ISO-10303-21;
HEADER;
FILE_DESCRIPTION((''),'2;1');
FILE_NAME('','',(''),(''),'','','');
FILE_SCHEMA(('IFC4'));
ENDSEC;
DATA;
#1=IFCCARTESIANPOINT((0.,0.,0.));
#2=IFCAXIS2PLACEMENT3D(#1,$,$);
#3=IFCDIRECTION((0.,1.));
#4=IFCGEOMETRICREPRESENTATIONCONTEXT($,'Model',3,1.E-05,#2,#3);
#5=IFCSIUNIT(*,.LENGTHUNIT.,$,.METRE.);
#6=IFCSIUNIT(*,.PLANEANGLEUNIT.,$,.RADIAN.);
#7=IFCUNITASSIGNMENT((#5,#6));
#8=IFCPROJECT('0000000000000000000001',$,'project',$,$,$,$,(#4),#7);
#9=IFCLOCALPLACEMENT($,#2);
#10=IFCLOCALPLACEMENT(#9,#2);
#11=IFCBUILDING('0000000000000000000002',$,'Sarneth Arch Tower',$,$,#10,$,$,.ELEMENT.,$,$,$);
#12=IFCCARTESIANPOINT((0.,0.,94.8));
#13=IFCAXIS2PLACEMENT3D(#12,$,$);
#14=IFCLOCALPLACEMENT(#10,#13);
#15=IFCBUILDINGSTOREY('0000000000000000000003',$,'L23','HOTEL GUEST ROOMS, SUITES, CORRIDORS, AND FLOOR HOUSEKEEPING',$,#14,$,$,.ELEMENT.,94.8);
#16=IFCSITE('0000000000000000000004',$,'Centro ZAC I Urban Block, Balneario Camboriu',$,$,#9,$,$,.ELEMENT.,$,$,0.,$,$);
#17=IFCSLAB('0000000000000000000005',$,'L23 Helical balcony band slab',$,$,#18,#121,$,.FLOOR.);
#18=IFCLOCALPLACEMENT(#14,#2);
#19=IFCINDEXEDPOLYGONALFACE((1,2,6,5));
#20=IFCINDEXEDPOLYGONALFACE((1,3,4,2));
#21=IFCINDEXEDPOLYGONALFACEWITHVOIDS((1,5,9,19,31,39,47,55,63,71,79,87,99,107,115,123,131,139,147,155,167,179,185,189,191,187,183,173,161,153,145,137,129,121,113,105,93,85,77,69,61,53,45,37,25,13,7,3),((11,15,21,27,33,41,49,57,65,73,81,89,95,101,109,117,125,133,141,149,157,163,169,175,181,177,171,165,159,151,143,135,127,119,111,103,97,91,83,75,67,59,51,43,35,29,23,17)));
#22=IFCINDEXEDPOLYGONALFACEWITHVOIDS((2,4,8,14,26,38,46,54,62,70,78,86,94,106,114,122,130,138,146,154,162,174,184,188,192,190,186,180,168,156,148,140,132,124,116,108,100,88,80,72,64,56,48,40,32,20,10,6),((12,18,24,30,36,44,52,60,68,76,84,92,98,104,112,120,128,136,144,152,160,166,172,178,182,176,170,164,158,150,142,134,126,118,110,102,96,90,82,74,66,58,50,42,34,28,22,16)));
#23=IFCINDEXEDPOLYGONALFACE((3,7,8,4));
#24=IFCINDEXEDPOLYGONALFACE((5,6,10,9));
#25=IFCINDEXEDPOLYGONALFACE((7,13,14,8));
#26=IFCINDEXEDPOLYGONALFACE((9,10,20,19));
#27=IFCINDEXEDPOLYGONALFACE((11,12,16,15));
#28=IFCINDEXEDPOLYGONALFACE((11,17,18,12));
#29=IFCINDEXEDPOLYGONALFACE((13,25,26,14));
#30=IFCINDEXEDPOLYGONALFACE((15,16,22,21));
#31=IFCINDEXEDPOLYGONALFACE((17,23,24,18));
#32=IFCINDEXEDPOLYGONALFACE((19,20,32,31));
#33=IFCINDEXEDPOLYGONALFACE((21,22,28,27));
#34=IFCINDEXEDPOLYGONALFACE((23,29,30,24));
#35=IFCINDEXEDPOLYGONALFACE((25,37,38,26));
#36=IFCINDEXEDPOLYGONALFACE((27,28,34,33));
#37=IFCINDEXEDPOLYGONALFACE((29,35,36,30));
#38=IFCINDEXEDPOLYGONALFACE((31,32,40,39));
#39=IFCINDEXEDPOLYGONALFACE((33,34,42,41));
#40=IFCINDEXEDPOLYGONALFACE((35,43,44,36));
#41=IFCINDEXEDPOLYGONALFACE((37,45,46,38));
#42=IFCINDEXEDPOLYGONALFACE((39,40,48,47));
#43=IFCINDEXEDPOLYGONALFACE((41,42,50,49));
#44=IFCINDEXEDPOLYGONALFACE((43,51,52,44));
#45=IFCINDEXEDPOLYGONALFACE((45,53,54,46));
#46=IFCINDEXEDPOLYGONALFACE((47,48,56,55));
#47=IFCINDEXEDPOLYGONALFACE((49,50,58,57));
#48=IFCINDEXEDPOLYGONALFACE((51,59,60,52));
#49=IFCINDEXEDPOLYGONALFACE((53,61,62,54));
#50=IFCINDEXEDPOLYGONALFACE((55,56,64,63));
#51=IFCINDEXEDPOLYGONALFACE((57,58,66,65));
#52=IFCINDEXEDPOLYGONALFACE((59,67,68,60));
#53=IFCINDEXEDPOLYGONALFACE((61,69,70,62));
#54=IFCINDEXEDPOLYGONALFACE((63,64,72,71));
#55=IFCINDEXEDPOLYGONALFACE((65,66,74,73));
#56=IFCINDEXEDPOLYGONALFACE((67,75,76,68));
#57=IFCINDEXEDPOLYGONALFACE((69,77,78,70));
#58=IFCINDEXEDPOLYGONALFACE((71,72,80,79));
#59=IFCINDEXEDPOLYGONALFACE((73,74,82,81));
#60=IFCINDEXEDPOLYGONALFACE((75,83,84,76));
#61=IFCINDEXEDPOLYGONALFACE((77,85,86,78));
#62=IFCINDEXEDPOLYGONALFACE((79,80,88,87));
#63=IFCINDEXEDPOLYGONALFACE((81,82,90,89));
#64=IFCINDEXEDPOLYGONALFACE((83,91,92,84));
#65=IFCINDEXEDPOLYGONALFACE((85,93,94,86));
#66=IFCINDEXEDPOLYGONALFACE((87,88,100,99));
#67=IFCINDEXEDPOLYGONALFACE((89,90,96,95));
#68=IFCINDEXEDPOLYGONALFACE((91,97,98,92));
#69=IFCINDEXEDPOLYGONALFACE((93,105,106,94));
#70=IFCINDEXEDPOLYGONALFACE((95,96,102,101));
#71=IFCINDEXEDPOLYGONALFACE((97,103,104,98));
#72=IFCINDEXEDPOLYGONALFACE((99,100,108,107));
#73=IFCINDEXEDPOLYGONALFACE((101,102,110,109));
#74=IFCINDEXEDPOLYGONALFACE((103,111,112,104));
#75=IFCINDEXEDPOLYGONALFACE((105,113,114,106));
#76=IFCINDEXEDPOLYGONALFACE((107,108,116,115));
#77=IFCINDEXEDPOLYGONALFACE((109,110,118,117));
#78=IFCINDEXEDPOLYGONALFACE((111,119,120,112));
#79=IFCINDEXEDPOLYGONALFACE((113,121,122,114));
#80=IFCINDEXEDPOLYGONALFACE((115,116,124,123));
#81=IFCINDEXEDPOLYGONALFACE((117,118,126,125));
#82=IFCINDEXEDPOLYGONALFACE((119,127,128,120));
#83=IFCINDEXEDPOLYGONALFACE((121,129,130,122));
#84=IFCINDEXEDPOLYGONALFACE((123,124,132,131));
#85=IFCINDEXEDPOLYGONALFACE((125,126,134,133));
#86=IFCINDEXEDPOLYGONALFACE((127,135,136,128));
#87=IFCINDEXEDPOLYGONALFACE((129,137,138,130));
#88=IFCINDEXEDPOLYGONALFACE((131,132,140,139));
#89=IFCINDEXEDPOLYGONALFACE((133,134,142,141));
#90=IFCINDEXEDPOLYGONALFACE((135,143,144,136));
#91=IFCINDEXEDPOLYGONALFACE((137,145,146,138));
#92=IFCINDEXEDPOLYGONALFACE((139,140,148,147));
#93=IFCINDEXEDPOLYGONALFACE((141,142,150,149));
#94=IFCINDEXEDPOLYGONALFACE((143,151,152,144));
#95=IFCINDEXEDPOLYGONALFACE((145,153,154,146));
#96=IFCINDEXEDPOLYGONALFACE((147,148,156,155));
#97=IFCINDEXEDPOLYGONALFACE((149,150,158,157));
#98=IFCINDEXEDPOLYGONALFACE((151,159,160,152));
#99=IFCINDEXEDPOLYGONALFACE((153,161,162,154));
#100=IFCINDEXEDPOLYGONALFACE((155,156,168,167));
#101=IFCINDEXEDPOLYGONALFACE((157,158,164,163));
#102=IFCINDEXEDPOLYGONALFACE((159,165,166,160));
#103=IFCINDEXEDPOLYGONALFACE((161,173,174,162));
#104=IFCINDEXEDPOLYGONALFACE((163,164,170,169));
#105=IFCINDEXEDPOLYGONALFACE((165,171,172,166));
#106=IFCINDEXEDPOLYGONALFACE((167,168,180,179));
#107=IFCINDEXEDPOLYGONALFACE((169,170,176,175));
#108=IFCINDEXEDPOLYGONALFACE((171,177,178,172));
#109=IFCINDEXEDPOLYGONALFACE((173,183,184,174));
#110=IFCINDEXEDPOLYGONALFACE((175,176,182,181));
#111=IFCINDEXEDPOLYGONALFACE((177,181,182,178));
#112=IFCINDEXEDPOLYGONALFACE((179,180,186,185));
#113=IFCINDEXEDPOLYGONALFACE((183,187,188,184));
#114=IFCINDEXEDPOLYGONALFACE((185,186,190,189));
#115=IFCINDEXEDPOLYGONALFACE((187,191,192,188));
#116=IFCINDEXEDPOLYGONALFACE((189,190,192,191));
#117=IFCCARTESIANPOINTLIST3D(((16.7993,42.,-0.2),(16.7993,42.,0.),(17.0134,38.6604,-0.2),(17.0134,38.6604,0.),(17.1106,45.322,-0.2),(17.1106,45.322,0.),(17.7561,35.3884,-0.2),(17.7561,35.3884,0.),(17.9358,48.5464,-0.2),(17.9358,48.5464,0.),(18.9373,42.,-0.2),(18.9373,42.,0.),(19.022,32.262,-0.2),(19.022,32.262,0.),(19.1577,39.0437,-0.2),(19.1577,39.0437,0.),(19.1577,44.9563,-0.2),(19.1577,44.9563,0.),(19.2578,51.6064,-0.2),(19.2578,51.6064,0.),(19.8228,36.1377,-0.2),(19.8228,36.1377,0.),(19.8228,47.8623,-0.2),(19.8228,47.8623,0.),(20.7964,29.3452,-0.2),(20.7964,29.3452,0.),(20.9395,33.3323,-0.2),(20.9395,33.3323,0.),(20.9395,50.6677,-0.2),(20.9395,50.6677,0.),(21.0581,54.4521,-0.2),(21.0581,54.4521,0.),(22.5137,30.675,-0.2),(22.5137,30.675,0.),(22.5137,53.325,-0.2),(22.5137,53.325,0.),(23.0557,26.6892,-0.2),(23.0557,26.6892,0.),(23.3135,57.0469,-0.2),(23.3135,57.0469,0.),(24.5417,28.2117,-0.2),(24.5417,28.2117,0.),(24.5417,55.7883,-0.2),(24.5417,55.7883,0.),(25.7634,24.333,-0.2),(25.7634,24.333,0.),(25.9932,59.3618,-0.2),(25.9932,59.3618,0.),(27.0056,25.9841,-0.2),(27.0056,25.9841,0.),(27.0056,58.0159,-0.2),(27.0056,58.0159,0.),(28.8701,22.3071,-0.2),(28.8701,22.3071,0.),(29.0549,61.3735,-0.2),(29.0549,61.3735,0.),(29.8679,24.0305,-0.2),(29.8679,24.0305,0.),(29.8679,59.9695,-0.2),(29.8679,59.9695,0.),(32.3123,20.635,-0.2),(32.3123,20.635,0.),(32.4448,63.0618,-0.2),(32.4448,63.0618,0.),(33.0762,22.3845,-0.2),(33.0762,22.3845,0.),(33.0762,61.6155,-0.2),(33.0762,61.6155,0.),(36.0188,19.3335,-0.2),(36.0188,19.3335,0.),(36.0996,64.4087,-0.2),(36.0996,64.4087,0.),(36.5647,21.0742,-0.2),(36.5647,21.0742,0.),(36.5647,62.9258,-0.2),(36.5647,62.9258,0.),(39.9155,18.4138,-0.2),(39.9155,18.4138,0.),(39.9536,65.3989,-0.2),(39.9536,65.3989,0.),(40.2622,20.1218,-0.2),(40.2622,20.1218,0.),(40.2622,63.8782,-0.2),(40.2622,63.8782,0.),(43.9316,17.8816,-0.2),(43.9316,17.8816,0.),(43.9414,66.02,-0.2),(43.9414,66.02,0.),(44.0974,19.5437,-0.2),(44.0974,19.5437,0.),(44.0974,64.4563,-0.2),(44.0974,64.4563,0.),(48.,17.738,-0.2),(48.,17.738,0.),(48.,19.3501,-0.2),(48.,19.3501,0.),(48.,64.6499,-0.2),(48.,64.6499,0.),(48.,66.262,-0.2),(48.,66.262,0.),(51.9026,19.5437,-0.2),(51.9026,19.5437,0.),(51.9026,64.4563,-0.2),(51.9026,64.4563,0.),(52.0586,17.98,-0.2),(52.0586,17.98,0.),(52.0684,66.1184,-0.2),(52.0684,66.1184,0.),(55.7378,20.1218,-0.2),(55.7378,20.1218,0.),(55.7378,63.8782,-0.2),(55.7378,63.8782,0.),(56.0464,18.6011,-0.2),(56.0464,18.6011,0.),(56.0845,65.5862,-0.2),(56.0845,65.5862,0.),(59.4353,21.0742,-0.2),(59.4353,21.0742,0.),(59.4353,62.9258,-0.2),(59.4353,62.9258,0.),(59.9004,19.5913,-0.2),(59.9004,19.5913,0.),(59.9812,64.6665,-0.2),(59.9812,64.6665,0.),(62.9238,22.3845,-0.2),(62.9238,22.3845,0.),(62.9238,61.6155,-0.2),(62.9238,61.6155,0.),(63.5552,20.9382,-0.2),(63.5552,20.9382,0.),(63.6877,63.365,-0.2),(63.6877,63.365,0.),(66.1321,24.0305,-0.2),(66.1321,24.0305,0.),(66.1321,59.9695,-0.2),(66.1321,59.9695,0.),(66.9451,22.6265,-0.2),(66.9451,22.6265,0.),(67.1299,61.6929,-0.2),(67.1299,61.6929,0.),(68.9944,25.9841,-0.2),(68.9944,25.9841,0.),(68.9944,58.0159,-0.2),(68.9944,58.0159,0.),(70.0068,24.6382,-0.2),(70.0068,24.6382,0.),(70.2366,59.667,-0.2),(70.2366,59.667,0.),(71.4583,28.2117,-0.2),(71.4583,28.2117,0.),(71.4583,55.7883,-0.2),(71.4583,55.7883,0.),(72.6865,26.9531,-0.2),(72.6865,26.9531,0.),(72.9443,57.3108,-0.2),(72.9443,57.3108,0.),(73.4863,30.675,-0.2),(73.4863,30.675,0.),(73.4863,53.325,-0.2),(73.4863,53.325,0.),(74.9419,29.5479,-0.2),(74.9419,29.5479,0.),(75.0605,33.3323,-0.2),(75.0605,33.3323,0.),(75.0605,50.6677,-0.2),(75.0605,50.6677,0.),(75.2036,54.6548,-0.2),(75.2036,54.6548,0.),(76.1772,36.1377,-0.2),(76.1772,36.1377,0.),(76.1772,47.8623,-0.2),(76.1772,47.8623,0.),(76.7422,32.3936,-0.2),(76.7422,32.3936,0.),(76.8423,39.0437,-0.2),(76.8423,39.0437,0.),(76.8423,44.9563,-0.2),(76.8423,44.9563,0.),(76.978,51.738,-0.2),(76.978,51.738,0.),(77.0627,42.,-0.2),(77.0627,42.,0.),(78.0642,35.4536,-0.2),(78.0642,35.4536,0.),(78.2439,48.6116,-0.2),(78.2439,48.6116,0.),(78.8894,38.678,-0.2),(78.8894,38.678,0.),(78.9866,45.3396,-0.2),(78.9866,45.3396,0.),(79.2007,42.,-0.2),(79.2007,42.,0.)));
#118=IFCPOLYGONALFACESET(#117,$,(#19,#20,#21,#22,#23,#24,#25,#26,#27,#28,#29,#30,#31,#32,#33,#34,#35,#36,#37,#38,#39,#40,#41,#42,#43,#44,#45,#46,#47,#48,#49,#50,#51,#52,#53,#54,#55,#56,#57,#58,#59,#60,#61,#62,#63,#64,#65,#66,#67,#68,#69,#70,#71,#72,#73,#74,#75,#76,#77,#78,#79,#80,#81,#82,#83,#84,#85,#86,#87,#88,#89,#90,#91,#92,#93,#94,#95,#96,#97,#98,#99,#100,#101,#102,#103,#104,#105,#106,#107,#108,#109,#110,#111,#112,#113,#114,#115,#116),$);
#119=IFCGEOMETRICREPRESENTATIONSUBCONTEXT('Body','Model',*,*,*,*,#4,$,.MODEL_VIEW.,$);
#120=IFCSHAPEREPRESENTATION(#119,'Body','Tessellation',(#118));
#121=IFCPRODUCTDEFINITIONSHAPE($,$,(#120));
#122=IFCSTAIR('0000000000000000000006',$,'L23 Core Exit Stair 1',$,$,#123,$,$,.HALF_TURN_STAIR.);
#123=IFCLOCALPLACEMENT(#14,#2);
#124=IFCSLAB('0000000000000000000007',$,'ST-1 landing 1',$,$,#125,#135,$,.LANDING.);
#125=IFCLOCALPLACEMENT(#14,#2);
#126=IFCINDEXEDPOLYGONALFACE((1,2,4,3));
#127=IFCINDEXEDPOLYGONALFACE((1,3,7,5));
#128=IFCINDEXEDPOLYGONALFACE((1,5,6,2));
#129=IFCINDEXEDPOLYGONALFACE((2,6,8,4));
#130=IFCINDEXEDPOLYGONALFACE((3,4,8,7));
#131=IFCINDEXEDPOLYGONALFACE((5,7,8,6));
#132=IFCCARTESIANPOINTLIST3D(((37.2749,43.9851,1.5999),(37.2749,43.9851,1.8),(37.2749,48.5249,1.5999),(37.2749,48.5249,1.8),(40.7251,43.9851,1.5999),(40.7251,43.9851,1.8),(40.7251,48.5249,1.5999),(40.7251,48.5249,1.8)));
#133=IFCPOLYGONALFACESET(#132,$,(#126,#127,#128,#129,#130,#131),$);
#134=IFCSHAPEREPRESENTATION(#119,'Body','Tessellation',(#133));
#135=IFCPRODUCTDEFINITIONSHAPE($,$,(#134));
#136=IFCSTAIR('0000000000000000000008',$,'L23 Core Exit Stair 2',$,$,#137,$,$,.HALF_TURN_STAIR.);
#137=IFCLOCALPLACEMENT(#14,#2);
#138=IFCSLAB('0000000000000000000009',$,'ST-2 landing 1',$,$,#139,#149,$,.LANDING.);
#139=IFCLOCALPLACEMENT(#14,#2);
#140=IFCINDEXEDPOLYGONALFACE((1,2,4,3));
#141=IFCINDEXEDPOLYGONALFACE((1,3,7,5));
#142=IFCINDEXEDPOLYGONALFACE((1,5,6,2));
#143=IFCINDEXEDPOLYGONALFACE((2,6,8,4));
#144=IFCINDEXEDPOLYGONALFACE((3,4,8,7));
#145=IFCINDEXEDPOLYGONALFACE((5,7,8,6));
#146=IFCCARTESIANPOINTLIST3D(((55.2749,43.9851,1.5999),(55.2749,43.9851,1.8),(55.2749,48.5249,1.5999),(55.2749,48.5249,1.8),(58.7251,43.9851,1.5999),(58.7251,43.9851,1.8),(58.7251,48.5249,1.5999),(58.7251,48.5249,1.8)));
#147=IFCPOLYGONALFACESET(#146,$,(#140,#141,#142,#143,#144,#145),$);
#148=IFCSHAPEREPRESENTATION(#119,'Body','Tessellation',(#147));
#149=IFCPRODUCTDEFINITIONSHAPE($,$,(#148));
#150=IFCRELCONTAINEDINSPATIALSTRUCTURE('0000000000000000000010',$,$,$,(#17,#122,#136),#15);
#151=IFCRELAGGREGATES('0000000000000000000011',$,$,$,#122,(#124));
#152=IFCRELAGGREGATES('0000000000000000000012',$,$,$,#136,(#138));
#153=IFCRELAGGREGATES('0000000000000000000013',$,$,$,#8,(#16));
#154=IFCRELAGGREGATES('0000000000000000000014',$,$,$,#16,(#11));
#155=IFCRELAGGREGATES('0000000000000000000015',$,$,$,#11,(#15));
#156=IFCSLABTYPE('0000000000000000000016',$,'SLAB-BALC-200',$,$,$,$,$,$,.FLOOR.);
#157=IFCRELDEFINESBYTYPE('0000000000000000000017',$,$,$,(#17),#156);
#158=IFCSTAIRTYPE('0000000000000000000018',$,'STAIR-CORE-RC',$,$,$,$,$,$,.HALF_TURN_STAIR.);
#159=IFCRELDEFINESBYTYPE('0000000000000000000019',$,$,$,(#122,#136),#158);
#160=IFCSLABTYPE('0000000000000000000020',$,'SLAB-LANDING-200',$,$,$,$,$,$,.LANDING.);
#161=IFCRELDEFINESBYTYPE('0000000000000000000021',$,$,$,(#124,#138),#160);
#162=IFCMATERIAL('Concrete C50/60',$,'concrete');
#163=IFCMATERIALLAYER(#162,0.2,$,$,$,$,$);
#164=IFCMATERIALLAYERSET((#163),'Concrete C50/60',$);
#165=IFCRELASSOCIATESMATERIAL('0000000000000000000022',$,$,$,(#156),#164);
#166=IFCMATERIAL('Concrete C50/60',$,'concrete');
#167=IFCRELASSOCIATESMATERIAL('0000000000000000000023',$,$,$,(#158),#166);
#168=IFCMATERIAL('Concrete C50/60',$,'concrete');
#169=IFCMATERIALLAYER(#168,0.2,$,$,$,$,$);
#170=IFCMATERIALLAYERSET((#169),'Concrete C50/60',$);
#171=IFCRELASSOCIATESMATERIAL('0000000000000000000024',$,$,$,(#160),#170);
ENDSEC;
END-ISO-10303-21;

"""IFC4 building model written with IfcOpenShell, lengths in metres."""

from ifc_helpers import new_model, si_unit, direction, frame, origin, place, context, subcontext, project, spatial, polyline, outline, extrude, material, layer, layer_set, type_object, element, aggregate, save


model = new_model("IFC4")

# Units and contexts
model_context = context("Model", 3, precision=1e-05, world=origin(), true_north=direction((0.0, 1.0)))
body_context = subcontext(model_context, "Body", "Model", "MODEL_VIEW")
ifc_project = project(units=[si_unit("LENGTHUNIT", "METRE"), si_unit("PLANEANGLEUNIT", "RADIAN")], contexts=[model_context])

# Site, building, storey
site_placement = place(None, origin())
site = spatial("IfcSite", under=ifc_project, at=site_placement, Name="Centro ZAC I Urban Block, Balneario Camboriu", CompositionType="ELEMENT", RefElevation=0.0)
building_placement = place(site_placement, origin())
building = spatial("IfcBuilding", under=site, at=building_placement, Name="Sarneth Arch Tower", CompositionType="ELEMENT")
storey_placement = place(building_placement, frame((0.0, 0.0, 94.8)))
storey = spatial("IfcBuildingStorey", under=building, at=storey_placement, Name="L23", Description="HOTEL GUEST ROOMS, SUITES, CORRIDORS, AND FLOOR HOUSEKEEPING", CompositionType="ELEMENT", Elevation=94.8)

# Slab
ifc_material_1 = material(Name="Concrete C50/60", Category="concrete")
ifc_layer_1 = layer(ifc_material_1, 0.2)
ifc_layer_set_1 = layer_set([ifc_layer_1], Name="Concrete C50/60")
slab_type_1 = type_object("IfcSlabType", Name="SLAB-BALC-200", PredefinedType="FLOOR", material=ifc_layer_set_1)
slab_1_placement = place(storey_placement, frame((0.0, 0.0, -0.2)))
element("IfcSlab", 1, at=slab_1_placement, inside=storey, type_object=slab_type_1, Name="L23 Helical balcony band slab", PredefinedType="FLOOR", context=body_context, shape_type="SweptSolid", body=[
    extrude(outline(polyline([(79.2007, 42.0), (78.9866, 45.3396), (78.2439, 48.6116), (76.978, 51.738), (75.2036, 54.6548), (72.9443, 57.3108), (70.2366, 59.667), (67.1299, 61.6929), (63.6877, 63.365), (59.9812, 64.6665), (56.0845, 65.5862), (52.0684, 66.1184), (48.0, 66.262), (43.9414, 66.02), (39.9536, 65.3989), (36.0996, 64.4087), (32.4448, 63.0618), (29.0549, 61.3735), (25.9932, 59.3618), (23.3135, 57.0469), (21.0581, 54.4521), (19.2578, 51.6064), (17.9358, 48.5464), (17.1106, 45.322), (16.7993, 42.0), (17.0134, 38.6604), (17.7561, 35.3884), (19.022, 32.262), (20.7964, 29.3452), (23.0557, 26.6892), (25.7634, 24.333), (28.8701, 22.3071), (32.3123, 20.635), (36.0188, 19.3335), (39.9155, 18.4138), (43.9316, 17.8816), (48.0, 17.738), (52.0586, 17.98), (56.0464, 18.6011), (59.9004, 19.5913), (63.5552, 20.9382), (66.9451, 22.6265), (70.0068, 24.6382), (72.6865, 26.9531), (74.9419, 29.5479), (76.7422, 32.3936), (78.0642, 35.4536), (78.8894, 38.678), (79.2007, 42.0)]), holes=[polyline([(77.0627, 42.0), (76.8423, 44.9563), (76.1772, 47.8623), (75.0605, 50.6677), (73.4863, 53.325), (71.4583, 55.7883), (68.9944, 58.0159), (66.1321, 59.9695), (62.9238, 61.6155), (59.4353, 62.9258), (55.7378, 63.8782), (51.9026, 64.4563), (48.0, 64.6499), (44.0974, 64.4563), (40.2622, 63.8782), (36.5647, 62.9258), (33.0762, 61.6155), (29.8679, 59.9695), (27.0056, 58.0159), (24.5417, 55.7883), (22.5137, 53.325), (20.9395, 50.6677), (19.8228, 47.8623), (19.1577, 44.9563), (18.9373, 42.0), (19.1577, 39.0437), (19.8228, 36.1377), (20.9395, 33.3323), (22.5137, 30.675), (24.5417, 28.2117), (27.0056, 25.9841), (29.8679, 24.0305), (33.0762, 22.3845), (36.5647, 21.0742), (40.2622, 20.1218), (44.0974, 19.5437), (48.0, 19.3501), (51.9026, 19.5437), (55.7378, 20.1218), (59.4353, 21.0742), (62.9238, 22.3845), (66.1321, 24.0305), (68.9944, 25.9841), (71.4583, 28.2117), (73.4863, 30.675), (75.0605, 33.3323), (76.1772, 36.1377), (76.8423, 39.0437), (77.0627, 42.0)])]), origin(), (0.0, 0.0, 1.0), 0.2),
])

# Stairs, slabs
ifc_material_2 = material(Name="Concrete C50/60", Category="concrete")
stair_type = type_object("IfcStairType", Name="STAIR-CORE-RC", PredefinedType="HALF_TURN_STAIR", material=ifc_material_2)
stair_1_placement = place(storey_placement, origin())
stair_1 = element("IfcStair", 2, at=stair_1_placement, inside=storey, type_object=stair_type, Name="L23 Core Exit Stair 1", PredefinedType="HALF_TURN_STAIR")
ifc_material_3 = material(Name="Concrete C50/60", Category="concrete")
ifc_layer_2 = layer(ifc_material_3, 0.2)
ifc_layer_set_2 = layer_set([ifc_layer_2], Name="Concrete C50/60")
slab_type_2 = type_object("IfcSlabType", Name="SLAB-LANDING-200", PredefinedType="LANDING", material=ifc_layer_set_2)
slab_2_placement = place(storey_placement, frame((0.0, 0.0, 1.5999)))
slab_2 = element("IfcSlab", 3, at=slab_2_placement, type_object=slab_type_2, Name="ST-1 landing 1", PredefinedType="LANDING", context=body_context, shape_type="SweptSolid", body=[
    extrude(outline(polyline([(37.2749, 43.9851), (40.7251, 43.9851), (40.7251, 48.5249), (37.2749, 48.5249), (37.2749, 43.9851)])), origin(), (0.0, 0.0, 1.0), 0.2002),
])
aggregate(stair_1, [slab_2])
stair_2_placement = place(storey_placement, origin())
stair_2 = element("IfcStair", 4, at=stair_2_placement, inside=storey, type_object=stair_type, Name="L23 Core Exit Stair 2", PredefinedType="HALF_TURN_STAIR")
slab_3_placement = place(storey_placement, frame((0.0, 0.0, 1.5999)))
slab_3 = element("IfcSlab", 5, at=slab_3_placement, type_object=slab_type_2, Name="ST-2 landing 1", PredefinedType="LANDING", context=body_context, shape_type="SweptSolid", body=[
    extrude(outline(polyline([(55.2749, 43.9851), (58.7251, 43.9851), (58.7251, 48.5249), (55.2749, 48.5249), (55.2749, 43.9851)])), origin(), (0.0, 0.0, 1.0), 0.2002),
])
aggregate(stair_2, [slab_3])

save(model, "model.ifc")
